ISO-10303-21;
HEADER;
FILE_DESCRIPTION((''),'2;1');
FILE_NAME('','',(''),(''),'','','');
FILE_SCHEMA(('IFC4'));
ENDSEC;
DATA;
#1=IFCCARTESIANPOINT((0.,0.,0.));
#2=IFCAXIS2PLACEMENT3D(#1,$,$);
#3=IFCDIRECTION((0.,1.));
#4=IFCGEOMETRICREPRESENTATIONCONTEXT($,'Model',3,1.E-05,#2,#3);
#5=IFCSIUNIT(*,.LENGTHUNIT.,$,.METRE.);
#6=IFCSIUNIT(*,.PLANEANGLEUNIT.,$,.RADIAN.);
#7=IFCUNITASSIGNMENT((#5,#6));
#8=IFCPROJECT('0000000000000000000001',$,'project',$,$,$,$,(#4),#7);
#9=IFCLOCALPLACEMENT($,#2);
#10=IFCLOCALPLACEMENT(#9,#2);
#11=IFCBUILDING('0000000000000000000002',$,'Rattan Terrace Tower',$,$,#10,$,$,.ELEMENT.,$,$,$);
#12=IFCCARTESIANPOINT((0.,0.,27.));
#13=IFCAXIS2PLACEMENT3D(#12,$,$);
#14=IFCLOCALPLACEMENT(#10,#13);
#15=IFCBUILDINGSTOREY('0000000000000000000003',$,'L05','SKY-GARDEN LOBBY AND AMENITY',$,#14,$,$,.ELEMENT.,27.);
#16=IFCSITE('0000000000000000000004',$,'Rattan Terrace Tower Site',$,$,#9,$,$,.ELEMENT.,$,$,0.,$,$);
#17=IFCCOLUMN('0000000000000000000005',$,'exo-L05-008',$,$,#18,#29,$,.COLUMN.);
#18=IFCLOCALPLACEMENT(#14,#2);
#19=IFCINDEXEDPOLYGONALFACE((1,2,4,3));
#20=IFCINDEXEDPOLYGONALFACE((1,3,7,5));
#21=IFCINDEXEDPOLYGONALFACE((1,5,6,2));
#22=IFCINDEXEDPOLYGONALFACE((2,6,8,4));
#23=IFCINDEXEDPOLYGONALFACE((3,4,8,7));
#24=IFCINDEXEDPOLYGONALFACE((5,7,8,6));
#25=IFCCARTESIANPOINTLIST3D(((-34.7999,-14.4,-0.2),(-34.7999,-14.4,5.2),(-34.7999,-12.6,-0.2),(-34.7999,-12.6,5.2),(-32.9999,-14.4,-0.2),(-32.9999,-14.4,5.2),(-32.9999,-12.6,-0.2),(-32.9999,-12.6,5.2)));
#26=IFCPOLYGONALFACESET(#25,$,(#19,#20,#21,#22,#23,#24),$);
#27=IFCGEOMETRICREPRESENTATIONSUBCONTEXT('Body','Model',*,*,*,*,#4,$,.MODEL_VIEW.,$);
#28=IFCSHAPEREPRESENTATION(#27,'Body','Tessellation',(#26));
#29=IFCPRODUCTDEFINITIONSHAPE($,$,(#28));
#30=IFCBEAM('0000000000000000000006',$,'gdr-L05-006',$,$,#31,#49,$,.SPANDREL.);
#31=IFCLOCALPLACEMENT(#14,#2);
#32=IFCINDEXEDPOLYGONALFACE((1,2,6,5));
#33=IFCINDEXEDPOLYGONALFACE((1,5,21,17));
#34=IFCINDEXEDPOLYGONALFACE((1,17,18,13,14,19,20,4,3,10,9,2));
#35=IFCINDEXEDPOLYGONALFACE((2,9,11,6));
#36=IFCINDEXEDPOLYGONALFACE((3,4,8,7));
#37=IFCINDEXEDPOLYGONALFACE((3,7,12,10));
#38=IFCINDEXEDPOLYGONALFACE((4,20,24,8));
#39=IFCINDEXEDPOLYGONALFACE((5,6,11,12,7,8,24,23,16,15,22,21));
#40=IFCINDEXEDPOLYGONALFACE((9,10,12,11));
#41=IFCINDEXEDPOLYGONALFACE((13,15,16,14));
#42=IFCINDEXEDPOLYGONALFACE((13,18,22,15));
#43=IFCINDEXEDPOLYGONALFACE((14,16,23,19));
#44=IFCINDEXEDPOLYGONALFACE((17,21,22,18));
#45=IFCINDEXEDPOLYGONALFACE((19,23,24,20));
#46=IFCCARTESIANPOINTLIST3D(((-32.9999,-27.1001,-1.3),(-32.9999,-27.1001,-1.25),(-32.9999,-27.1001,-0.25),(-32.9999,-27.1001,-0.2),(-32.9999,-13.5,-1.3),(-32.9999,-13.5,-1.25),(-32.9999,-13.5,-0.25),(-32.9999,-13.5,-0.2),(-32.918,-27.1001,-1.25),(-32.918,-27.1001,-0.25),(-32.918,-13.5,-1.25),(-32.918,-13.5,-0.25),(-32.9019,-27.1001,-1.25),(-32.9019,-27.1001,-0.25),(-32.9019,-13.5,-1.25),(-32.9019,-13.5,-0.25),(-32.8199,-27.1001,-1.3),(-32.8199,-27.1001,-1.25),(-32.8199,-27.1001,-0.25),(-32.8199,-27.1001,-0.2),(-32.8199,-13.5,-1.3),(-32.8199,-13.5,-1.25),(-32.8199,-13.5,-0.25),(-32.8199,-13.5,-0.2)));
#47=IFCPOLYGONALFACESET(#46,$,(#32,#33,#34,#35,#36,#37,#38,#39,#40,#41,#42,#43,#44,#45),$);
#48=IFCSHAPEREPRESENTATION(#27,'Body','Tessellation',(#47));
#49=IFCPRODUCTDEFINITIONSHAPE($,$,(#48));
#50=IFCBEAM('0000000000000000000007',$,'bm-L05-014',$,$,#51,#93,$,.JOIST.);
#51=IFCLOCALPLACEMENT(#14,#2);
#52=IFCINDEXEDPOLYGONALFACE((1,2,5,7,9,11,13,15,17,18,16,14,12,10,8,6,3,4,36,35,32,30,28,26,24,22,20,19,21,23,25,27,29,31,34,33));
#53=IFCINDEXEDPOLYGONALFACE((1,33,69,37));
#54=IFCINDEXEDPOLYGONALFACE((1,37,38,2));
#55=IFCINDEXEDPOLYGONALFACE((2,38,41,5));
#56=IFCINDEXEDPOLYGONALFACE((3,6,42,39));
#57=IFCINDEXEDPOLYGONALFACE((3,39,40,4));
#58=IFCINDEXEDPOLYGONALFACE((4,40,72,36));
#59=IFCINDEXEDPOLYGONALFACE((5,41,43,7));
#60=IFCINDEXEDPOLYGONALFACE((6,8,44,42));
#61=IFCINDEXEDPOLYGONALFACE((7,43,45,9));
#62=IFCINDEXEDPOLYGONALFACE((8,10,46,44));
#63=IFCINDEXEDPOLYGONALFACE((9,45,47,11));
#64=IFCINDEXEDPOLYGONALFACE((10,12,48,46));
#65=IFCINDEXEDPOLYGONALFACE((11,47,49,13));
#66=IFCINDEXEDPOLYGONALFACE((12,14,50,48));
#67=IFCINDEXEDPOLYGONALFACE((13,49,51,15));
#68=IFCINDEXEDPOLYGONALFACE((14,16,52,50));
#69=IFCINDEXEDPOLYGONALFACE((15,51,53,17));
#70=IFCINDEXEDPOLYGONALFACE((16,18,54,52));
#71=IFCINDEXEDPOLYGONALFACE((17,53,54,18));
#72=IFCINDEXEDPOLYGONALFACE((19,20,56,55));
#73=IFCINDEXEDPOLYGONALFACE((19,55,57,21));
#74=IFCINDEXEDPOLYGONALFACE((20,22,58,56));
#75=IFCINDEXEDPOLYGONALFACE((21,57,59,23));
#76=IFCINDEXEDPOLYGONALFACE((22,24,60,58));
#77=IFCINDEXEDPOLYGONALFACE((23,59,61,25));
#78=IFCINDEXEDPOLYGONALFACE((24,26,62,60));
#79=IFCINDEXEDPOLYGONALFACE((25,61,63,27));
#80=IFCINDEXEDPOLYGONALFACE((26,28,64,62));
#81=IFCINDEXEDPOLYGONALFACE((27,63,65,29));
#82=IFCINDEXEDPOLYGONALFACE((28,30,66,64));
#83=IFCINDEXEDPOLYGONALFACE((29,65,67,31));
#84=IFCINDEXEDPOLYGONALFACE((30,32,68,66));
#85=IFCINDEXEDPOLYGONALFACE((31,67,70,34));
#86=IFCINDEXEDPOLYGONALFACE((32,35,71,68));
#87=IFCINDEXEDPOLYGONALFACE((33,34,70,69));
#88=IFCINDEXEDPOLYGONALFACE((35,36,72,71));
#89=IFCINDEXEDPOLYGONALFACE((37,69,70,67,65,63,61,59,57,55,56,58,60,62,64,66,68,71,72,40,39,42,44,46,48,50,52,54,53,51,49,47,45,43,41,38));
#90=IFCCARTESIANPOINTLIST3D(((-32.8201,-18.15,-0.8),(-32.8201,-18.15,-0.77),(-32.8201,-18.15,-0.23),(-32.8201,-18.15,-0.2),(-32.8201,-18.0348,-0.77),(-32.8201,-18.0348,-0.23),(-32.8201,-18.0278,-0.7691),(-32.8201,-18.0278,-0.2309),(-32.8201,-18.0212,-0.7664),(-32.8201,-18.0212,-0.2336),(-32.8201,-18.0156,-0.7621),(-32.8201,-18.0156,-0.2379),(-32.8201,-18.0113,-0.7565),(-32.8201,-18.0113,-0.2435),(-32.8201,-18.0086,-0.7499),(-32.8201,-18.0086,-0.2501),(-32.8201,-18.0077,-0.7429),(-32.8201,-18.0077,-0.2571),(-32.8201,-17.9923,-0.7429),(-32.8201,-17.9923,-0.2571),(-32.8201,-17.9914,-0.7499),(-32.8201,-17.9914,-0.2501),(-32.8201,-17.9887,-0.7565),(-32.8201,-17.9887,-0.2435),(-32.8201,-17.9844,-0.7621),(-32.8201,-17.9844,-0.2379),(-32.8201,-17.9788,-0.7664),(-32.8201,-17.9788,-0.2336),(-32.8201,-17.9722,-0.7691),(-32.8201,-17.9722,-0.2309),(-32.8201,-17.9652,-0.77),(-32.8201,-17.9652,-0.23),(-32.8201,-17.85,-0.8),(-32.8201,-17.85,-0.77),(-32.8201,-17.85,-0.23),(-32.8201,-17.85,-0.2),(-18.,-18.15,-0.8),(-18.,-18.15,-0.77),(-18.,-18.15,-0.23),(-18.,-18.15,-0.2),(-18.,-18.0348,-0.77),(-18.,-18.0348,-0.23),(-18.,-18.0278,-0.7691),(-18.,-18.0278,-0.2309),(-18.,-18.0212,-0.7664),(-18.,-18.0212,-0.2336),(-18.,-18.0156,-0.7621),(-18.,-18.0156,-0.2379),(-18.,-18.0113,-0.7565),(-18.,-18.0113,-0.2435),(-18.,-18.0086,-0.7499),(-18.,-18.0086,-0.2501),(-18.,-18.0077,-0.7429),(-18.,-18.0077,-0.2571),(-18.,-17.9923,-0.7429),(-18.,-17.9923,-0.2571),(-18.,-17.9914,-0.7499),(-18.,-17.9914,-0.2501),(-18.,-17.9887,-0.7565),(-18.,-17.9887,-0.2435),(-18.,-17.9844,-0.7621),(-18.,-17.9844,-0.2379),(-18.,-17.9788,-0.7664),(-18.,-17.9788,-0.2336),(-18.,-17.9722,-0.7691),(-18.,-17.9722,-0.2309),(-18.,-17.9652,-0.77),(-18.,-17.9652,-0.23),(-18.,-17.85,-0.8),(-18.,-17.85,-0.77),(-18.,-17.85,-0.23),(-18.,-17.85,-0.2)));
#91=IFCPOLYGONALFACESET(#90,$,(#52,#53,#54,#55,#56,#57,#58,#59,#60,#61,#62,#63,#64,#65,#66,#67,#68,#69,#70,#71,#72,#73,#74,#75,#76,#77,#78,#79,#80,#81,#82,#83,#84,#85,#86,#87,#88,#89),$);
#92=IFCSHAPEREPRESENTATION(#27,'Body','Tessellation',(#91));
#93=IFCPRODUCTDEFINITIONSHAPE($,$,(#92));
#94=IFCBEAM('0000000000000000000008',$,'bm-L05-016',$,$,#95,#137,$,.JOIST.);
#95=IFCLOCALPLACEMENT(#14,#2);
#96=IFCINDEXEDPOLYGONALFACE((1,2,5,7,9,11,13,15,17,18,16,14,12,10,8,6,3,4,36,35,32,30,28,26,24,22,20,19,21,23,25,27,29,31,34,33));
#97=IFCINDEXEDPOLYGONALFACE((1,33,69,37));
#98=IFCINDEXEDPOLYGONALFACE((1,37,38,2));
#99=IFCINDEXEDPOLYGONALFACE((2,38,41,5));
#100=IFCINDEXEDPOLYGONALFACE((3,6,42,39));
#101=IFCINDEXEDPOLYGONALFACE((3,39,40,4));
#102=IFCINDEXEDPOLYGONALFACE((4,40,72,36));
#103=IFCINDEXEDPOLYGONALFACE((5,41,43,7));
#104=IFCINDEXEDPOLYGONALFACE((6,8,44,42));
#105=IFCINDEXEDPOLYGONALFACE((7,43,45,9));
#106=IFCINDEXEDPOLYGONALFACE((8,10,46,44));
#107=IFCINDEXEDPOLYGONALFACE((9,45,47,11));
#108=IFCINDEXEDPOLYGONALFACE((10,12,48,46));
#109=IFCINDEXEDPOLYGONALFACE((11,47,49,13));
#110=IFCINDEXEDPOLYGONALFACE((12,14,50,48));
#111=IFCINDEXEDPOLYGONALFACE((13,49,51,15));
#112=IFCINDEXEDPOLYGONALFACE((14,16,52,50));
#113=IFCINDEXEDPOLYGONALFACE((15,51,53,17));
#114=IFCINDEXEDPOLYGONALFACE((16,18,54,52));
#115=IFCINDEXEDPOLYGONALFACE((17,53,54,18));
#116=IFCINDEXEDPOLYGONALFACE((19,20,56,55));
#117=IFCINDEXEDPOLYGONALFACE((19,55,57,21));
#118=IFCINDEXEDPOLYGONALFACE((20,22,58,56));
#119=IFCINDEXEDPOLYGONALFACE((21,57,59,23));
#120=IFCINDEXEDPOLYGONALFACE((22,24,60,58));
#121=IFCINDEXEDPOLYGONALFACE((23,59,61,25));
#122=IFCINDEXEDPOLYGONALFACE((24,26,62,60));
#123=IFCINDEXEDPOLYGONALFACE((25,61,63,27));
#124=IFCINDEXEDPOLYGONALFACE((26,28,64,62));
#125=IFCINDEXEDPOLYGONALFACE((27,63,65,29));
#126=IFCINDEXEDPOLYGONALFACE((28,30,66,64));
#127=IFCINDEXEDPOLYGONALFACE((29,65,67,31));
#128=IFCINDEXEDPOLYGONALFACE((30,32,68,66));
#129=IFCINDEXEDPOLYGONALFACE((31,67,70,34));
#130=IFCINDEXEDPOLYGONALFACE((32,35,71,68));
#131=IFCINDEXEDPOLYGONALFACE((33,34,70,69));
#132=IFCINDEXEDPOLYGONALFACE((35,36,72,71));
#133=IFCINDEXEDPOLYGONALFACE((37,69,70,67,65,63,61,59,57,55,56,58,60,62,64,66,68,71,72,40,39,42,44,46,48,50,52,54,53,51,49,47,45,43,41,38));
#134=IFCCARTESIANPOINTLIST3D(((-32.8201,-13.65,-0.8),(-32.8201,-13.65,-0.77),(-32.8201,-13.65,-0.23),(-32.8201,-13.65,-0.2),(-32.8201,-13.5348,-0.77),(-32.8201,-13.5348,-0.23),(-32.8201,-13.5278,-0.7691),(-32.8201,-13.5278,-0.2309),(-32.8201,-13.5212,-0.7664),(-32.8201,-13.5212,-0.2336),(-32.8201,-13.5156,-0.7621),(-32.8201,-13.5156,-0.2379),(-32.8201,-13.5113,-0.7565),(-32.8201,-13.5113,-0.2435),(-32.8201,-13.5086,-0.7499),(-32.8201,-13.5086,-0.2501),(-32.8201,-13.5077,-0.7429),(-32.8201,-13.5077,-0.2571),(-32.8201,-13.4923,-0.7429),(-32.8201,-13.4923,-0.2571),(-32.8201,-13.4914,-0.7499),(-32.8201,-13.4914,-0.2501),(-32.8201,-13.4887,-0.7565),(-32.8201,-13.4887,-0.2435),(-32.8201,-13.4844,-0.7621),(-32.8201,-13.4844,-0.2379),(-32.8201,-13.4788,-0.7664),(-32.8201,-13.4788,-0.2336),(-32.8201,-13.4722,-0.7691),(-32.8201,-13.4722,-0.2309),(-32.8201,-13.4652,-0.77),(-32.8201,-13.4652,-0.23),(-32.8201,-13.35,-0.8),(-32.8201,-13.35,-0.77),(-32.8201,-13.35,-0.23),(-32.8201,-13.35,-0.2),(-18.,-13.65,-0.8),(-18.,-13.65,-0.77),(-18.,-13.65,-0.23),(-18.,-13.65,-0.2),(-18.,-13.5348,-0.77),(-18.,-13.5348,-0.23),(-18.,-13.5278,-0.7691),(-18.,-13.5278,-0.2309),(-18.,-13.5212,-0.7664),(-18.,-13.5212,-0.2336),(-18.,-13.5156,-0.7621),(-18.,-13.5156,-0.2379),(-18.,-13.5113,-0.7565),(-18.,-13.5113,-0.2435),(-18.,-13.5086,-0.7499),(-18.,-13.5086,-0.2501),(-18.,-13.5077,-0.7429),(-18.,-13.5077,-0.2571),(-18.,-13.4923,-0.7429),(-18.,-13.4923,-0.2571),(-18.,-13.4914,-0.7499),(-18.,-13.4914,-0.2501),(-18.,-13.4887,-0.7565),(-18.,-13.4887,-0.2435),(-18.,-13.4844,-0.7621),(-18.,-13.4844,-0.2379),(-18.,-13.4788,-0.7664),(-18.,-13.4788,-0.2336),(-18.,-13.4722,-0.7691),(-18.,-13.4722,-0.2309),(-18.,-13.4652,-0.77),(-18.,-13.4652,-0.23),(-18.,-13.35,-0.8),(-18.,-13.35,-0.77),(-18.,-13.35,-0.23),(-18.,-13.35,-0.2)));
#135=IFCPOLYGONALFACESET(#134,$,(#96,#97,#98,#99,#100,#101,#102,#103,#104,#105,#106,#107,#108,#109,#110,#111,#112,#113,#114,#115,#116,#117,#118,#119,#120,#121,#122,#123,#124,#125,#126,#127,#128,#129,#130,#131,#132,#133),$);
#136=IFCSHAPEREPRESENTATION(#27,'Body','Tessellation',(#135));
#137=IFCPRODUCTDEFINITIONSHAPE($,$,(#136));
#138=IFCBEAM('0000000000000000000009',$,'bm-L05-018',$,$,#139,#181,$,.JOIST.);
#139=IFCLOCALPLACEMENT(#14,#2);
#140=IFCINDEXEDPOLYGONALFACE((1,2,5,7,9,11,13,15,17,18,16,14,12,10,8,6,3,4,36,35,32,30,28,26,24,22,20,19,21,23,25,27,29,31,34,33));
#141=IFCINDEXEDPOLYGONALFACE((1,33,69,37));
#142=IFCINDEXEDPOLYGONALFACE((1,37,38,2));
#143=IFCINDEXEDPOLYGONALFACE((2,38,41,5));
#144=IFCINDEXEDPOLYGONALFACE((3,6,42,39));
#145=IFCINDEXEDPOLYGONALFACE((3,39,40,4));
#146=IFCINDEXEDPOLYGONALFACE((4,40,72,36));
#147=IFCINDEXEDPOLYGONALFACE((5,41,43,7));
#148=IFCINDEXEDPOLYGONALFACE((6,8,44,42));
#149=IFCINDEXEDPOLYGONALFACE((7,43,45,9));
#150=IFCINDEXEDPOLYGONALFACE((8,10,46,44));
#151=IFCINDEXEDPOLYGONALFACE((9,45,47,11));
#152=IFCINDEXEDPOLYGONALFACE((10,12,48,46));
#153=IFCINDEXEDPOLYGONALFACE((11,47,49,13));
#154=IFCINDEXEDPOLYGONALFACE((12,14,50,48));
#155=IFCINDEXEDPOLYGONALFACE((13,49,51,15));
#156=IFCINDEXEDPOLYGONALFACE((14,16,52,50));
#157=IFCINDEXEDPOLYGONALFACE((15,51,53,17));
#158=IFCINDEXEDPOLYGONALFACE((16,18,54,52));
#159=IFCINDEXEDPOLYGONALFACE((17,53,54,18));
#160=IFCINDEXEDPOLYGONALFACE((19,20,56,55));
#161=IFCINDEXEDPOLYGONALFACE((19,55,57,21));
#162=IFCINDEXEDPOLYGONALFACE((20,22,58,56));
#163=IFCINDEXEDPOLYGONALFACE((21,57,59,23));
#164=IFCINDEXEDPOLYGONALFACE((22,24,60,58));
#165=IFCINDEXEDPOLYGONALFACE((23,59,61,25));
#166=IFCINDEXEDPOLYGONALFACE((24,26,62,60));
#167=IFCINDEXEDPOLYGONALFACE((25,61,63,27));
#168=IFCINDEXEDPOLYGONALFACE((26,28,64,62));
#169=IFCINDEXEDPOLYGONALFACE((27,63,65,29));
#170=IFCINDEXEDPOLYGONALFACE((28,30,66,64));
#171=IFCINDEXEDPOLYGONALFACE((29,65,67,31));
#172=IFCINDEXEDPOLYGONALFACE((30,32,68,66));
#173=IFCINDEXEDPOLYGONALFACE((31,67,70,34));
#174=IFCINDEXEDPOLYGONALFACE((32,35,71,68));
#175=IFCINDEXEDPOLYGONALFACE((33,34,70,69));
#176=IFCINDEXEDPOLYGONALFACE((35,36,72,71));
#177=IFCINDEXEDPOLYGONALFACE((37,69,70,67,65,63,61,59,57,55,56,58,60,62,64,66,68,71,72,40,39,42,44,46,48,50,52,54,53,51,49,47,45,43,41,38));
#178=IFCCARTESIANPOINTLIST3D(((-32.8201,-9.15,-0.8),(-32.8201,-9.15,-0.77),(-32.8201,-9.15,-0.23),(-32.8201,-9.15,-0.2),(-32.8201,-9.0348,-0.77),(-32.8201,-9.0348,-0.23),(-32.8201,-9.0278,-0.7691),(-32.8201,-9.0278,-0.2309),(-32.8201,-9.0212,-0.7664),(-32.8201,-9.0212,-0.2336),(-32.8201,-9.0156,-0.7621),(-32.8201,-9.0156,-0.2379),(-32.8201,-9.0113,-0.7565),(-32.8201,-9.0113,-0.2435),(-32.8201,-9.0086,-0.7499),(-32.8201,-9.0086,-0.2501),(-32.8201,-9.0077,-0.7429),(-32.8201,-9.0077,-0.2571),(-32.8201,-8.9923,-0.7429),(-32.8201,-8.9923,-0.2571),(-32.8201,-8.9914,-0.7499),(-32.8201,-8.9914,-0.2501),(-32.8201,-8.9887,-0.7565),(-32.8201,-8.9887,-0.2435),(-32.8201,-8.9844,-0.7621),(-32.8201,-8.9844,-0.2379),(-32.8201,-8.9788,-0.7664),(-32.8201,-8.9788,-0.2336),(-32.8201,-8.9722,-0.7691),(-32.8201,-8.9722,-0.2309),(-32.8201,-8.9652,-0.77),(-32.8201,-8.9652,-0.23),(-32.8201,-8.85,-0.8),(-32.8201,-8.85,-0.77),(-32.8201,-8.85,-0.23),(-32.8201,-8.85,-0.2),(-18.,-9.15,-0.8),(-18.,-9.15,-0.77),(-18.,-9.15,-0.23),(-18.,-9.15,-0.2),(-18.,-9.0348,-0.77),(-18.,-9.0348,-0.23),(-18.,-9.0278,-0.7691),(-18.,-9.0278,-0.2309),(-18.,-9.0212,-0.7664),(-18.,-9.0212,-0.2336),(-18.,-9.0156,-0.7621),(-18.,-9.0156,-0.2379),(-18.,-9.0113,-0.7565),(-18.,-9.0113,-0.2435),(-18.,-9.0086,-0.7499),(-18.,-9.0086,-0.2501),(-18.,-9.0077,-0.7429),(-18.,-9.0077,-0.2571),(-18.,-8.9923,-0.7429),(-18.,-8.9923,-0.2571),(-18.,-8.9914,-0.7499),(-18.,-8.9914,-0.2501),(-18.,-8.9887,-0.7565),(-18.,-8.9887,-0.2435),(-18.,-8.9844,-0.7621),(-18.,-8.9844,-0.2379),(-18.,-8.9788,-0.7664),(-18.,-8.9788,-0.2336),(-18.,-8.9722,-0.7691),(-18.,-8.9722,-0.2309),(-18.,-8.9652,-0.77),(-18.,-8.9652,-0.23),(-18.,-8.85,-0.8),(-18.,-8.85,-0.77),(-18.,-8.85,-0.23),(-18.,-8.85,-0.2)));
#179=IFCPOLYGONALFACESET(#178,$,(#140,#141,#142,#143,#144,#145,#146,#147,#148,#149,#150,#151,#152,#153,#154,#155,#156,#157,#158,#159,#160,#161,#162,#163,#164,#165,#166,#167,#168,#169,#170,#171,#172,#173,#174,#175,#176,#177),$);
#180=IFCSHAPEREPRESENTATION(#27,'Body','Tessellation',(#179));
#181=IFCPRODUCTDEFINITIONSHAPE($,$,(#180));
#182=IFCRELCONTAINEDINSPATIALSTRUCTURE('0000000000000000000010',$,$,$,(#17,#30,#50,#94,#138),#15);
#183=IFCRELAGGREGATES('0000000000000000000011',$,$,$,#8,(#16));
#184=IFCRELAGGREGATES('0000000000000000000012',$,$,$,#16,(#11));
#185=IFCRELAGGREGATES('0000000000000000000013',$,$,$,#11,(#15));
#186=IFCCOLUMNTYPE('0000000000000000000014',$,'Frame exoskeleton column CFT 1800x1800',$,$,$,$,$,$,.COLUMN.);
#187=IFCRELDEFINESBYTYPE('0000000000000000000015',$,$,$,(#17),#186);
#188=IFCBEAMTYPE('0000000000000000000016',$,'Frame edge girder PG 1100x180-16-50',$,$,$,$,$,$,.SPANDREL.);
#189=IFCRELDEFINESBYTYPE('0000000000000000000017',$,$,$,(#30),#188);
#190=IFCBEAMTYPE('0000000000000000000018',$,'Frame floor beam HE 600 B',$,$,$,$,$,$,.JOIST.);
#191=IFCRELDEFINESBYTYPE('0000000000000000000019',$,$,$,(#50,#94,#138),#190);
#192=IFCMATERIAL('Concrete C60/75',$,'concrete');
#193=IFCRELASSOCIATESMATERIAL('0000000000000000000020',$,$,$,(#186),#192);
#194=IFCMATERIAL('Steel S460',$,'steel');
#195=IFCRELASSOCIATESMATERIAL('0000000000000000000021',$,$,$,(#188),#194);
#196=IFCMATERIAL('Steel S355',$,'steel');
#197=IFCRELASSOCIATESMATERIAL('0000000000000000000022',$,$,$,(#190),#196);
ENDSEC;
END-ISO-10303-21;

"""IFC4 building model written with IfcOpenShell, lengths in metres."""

from ifc_helpers import new_model, si_unit, direction, frame, origin, origin_2d, place, context, subcontext, project, spatial, rectangle, i_section, extrude, material, material_profile, profile_set, type_object, element, save


model = new_model("IFC4")

# Units and contexts
model_context = context("Model", 3, precision=1e-05, world=origin(), true_north=direction((0.0, 1.0)))
body_context = subcontext(model_context, "Body", "Model", "MODEL_VIEW")
ifc_project = project(units=[si_unit("LENGTHUNIT", "METRE"), si_unit("PLANEANGLEUNIT", "RADIAN")], contexts=[model_context])

# Site, building, storey
site_placement = place(None, origin())
site = spatial("IfcSite", under=ifc_project, at=site_placement, Name="Rattan Terrace Tower Site", CompositionType="ELEMENT", RefElevation=0.0)
building_placement = place(site_placement, origin())
building = spatial("IfcBuilding", under=site, at=building_placement, Name="Rattan Terrace Tower", CompositionType="ELEMENT")
storey_placement = place(building_placement, frame((0.0, 0.0, 27.0)))
storey = spatial("IfcBuildingStorey", under=building, at=storey_placement, Name="L05", Description="SKY-GARDEN LOBBY AND AMENITY", CompositionType="ELEMENT", Elevation=27.0)

# Column
ifc_material_1 = material(Name="Concrete C60/75", Category="concrete")
ifc_material_profile_1 = material_profile(ifc_material_1, rectangle(XDim=1.8, YDim=1.8, at=origin_2d()), Name="CFT 1800x1800")
ifc_profile_set_1 = profile_set([ifc_material_profile_1], Name="Concrete C60/75")
column_type = type_object("IfcColumnType", Name="Frame exoskeleton column CFT 1800x1800", PredefinedType="COLUMN", material=ifc_profile_set_1)
column_placement = place(storey_placement, frame((-33.8999, -13.5, -0.2), z_axis=(0.0, 0.0, 1.0), x_axis=(0.0, 1.0, 0.0)))
element("IfcColumn", 1, at=column_placement, inside=storey, type_object=column_type, Name="exo-L05-008", PredefinedType="COLUMN", context=body_context, shape_type="SweptSolid", body=[
    extrude(rectangle(XDim=1.8, YDim=1.8, at=origin_2d()), origin(), (0.0, 0.0, 1.0), 5.3999),
])

# Beams
ifc_material_2 = material(Name="Steel S460", Category="steel")
ifc_material_profile_2 = material_profile(ifc_material_2, i_section(OverallWidth=0.1799, OverallDepth=1.1001, WebThickness=0.0161, FlangeThickness=0.05, at=origin_2d()), Name="PG 1100x180-16-50")
ifc_profile_set_2 = profile_set([ifc_material_profile_2], Name="Steel S460")
beam_type_1 = type_object("IfcBeamType", Name="Frame edge girder PG 1100x180-16-50", PredefinedType="SPANDREL", material=ifc_profile_set_2)
beam_1_placement = place(storey_placement, frame((-32.9099, -13.5, -0.75), z_axis=(0.0, -1.0, 0.0), x_axis=(1.0, 0.0, 0.0)))
element("IfcBeam", 2, at=beam_1_placement, inside=storey, type_object=beam_type_1, Name="gdr-L05-006", PredefinedType="SPANDREL", context=body_context, shape_type="SweptSolid", body=[
    extrude(i_section(OverallWidth=0.1799, OverallDepth=1.1001, WebThickness=0.0161, FlangeThickness=0.05, at=origin_2d()), origin(), (0.0, 0.0, 1.0), 13.6001),
])
ifc_material_3 = material(Name="Steel S355", Category="steel")
ifc_material_profile_3 = material_profile(ifc_material_3, i_section(OverallWidth=0.3, OverallDepth=0.6001, WebThickness=0.0154, FlangeThickness=0.03, FilletRadius=0.0271, at=origin_2d()), Name="HE 600 B")
ifc_profile_set_3 = profile_set([ifc_material_profile_3], Name="Steel S355")
beam_type_2 = type_object("IfcBeamType", Name="Frame floor beam HE 600 B", PredefinedType="JOIST", material=ifc_profile_set_3)
for number, where, z_axis, x_axis, name in (
    (3, (-32.8201, -18.0, -0.5), (1.0, 0.0, 0.0), (0.0, 1.0, 0.0), "bm-L05-014"),
    (4, (-32.8201, -13.5, -0.5), (1.0, 0.0, 0.0), (0.0, 1.0, 0.0), "bm-L05-016"),
    (5, (-32.8201, -9.0, -0.5), (1.0, 0.0, 0.0), (0.0, 1.0, 0.0), "bm-L05-018"),
):
    element("IfcBeam", number, at=place(storey_placement, frame(where, z_axis=z_axis, x_axis=x_axis)), inside=storey, type_object=beam_type_2, Name=name, PredefinedType="JOIST", context=body_context, shape_type="SweptSolid", body=[
        extrude(i_section(OverallWidth=0.3, OverallDepth=0.6001, WebThickness=0.0154, FlangeThickness=0.03, FilletRadius=0.0271, at=origin_2d()), origin(), (0.0, 0.0, 1.0), 14.8201),
    ])

save(model, "model.ifc")
